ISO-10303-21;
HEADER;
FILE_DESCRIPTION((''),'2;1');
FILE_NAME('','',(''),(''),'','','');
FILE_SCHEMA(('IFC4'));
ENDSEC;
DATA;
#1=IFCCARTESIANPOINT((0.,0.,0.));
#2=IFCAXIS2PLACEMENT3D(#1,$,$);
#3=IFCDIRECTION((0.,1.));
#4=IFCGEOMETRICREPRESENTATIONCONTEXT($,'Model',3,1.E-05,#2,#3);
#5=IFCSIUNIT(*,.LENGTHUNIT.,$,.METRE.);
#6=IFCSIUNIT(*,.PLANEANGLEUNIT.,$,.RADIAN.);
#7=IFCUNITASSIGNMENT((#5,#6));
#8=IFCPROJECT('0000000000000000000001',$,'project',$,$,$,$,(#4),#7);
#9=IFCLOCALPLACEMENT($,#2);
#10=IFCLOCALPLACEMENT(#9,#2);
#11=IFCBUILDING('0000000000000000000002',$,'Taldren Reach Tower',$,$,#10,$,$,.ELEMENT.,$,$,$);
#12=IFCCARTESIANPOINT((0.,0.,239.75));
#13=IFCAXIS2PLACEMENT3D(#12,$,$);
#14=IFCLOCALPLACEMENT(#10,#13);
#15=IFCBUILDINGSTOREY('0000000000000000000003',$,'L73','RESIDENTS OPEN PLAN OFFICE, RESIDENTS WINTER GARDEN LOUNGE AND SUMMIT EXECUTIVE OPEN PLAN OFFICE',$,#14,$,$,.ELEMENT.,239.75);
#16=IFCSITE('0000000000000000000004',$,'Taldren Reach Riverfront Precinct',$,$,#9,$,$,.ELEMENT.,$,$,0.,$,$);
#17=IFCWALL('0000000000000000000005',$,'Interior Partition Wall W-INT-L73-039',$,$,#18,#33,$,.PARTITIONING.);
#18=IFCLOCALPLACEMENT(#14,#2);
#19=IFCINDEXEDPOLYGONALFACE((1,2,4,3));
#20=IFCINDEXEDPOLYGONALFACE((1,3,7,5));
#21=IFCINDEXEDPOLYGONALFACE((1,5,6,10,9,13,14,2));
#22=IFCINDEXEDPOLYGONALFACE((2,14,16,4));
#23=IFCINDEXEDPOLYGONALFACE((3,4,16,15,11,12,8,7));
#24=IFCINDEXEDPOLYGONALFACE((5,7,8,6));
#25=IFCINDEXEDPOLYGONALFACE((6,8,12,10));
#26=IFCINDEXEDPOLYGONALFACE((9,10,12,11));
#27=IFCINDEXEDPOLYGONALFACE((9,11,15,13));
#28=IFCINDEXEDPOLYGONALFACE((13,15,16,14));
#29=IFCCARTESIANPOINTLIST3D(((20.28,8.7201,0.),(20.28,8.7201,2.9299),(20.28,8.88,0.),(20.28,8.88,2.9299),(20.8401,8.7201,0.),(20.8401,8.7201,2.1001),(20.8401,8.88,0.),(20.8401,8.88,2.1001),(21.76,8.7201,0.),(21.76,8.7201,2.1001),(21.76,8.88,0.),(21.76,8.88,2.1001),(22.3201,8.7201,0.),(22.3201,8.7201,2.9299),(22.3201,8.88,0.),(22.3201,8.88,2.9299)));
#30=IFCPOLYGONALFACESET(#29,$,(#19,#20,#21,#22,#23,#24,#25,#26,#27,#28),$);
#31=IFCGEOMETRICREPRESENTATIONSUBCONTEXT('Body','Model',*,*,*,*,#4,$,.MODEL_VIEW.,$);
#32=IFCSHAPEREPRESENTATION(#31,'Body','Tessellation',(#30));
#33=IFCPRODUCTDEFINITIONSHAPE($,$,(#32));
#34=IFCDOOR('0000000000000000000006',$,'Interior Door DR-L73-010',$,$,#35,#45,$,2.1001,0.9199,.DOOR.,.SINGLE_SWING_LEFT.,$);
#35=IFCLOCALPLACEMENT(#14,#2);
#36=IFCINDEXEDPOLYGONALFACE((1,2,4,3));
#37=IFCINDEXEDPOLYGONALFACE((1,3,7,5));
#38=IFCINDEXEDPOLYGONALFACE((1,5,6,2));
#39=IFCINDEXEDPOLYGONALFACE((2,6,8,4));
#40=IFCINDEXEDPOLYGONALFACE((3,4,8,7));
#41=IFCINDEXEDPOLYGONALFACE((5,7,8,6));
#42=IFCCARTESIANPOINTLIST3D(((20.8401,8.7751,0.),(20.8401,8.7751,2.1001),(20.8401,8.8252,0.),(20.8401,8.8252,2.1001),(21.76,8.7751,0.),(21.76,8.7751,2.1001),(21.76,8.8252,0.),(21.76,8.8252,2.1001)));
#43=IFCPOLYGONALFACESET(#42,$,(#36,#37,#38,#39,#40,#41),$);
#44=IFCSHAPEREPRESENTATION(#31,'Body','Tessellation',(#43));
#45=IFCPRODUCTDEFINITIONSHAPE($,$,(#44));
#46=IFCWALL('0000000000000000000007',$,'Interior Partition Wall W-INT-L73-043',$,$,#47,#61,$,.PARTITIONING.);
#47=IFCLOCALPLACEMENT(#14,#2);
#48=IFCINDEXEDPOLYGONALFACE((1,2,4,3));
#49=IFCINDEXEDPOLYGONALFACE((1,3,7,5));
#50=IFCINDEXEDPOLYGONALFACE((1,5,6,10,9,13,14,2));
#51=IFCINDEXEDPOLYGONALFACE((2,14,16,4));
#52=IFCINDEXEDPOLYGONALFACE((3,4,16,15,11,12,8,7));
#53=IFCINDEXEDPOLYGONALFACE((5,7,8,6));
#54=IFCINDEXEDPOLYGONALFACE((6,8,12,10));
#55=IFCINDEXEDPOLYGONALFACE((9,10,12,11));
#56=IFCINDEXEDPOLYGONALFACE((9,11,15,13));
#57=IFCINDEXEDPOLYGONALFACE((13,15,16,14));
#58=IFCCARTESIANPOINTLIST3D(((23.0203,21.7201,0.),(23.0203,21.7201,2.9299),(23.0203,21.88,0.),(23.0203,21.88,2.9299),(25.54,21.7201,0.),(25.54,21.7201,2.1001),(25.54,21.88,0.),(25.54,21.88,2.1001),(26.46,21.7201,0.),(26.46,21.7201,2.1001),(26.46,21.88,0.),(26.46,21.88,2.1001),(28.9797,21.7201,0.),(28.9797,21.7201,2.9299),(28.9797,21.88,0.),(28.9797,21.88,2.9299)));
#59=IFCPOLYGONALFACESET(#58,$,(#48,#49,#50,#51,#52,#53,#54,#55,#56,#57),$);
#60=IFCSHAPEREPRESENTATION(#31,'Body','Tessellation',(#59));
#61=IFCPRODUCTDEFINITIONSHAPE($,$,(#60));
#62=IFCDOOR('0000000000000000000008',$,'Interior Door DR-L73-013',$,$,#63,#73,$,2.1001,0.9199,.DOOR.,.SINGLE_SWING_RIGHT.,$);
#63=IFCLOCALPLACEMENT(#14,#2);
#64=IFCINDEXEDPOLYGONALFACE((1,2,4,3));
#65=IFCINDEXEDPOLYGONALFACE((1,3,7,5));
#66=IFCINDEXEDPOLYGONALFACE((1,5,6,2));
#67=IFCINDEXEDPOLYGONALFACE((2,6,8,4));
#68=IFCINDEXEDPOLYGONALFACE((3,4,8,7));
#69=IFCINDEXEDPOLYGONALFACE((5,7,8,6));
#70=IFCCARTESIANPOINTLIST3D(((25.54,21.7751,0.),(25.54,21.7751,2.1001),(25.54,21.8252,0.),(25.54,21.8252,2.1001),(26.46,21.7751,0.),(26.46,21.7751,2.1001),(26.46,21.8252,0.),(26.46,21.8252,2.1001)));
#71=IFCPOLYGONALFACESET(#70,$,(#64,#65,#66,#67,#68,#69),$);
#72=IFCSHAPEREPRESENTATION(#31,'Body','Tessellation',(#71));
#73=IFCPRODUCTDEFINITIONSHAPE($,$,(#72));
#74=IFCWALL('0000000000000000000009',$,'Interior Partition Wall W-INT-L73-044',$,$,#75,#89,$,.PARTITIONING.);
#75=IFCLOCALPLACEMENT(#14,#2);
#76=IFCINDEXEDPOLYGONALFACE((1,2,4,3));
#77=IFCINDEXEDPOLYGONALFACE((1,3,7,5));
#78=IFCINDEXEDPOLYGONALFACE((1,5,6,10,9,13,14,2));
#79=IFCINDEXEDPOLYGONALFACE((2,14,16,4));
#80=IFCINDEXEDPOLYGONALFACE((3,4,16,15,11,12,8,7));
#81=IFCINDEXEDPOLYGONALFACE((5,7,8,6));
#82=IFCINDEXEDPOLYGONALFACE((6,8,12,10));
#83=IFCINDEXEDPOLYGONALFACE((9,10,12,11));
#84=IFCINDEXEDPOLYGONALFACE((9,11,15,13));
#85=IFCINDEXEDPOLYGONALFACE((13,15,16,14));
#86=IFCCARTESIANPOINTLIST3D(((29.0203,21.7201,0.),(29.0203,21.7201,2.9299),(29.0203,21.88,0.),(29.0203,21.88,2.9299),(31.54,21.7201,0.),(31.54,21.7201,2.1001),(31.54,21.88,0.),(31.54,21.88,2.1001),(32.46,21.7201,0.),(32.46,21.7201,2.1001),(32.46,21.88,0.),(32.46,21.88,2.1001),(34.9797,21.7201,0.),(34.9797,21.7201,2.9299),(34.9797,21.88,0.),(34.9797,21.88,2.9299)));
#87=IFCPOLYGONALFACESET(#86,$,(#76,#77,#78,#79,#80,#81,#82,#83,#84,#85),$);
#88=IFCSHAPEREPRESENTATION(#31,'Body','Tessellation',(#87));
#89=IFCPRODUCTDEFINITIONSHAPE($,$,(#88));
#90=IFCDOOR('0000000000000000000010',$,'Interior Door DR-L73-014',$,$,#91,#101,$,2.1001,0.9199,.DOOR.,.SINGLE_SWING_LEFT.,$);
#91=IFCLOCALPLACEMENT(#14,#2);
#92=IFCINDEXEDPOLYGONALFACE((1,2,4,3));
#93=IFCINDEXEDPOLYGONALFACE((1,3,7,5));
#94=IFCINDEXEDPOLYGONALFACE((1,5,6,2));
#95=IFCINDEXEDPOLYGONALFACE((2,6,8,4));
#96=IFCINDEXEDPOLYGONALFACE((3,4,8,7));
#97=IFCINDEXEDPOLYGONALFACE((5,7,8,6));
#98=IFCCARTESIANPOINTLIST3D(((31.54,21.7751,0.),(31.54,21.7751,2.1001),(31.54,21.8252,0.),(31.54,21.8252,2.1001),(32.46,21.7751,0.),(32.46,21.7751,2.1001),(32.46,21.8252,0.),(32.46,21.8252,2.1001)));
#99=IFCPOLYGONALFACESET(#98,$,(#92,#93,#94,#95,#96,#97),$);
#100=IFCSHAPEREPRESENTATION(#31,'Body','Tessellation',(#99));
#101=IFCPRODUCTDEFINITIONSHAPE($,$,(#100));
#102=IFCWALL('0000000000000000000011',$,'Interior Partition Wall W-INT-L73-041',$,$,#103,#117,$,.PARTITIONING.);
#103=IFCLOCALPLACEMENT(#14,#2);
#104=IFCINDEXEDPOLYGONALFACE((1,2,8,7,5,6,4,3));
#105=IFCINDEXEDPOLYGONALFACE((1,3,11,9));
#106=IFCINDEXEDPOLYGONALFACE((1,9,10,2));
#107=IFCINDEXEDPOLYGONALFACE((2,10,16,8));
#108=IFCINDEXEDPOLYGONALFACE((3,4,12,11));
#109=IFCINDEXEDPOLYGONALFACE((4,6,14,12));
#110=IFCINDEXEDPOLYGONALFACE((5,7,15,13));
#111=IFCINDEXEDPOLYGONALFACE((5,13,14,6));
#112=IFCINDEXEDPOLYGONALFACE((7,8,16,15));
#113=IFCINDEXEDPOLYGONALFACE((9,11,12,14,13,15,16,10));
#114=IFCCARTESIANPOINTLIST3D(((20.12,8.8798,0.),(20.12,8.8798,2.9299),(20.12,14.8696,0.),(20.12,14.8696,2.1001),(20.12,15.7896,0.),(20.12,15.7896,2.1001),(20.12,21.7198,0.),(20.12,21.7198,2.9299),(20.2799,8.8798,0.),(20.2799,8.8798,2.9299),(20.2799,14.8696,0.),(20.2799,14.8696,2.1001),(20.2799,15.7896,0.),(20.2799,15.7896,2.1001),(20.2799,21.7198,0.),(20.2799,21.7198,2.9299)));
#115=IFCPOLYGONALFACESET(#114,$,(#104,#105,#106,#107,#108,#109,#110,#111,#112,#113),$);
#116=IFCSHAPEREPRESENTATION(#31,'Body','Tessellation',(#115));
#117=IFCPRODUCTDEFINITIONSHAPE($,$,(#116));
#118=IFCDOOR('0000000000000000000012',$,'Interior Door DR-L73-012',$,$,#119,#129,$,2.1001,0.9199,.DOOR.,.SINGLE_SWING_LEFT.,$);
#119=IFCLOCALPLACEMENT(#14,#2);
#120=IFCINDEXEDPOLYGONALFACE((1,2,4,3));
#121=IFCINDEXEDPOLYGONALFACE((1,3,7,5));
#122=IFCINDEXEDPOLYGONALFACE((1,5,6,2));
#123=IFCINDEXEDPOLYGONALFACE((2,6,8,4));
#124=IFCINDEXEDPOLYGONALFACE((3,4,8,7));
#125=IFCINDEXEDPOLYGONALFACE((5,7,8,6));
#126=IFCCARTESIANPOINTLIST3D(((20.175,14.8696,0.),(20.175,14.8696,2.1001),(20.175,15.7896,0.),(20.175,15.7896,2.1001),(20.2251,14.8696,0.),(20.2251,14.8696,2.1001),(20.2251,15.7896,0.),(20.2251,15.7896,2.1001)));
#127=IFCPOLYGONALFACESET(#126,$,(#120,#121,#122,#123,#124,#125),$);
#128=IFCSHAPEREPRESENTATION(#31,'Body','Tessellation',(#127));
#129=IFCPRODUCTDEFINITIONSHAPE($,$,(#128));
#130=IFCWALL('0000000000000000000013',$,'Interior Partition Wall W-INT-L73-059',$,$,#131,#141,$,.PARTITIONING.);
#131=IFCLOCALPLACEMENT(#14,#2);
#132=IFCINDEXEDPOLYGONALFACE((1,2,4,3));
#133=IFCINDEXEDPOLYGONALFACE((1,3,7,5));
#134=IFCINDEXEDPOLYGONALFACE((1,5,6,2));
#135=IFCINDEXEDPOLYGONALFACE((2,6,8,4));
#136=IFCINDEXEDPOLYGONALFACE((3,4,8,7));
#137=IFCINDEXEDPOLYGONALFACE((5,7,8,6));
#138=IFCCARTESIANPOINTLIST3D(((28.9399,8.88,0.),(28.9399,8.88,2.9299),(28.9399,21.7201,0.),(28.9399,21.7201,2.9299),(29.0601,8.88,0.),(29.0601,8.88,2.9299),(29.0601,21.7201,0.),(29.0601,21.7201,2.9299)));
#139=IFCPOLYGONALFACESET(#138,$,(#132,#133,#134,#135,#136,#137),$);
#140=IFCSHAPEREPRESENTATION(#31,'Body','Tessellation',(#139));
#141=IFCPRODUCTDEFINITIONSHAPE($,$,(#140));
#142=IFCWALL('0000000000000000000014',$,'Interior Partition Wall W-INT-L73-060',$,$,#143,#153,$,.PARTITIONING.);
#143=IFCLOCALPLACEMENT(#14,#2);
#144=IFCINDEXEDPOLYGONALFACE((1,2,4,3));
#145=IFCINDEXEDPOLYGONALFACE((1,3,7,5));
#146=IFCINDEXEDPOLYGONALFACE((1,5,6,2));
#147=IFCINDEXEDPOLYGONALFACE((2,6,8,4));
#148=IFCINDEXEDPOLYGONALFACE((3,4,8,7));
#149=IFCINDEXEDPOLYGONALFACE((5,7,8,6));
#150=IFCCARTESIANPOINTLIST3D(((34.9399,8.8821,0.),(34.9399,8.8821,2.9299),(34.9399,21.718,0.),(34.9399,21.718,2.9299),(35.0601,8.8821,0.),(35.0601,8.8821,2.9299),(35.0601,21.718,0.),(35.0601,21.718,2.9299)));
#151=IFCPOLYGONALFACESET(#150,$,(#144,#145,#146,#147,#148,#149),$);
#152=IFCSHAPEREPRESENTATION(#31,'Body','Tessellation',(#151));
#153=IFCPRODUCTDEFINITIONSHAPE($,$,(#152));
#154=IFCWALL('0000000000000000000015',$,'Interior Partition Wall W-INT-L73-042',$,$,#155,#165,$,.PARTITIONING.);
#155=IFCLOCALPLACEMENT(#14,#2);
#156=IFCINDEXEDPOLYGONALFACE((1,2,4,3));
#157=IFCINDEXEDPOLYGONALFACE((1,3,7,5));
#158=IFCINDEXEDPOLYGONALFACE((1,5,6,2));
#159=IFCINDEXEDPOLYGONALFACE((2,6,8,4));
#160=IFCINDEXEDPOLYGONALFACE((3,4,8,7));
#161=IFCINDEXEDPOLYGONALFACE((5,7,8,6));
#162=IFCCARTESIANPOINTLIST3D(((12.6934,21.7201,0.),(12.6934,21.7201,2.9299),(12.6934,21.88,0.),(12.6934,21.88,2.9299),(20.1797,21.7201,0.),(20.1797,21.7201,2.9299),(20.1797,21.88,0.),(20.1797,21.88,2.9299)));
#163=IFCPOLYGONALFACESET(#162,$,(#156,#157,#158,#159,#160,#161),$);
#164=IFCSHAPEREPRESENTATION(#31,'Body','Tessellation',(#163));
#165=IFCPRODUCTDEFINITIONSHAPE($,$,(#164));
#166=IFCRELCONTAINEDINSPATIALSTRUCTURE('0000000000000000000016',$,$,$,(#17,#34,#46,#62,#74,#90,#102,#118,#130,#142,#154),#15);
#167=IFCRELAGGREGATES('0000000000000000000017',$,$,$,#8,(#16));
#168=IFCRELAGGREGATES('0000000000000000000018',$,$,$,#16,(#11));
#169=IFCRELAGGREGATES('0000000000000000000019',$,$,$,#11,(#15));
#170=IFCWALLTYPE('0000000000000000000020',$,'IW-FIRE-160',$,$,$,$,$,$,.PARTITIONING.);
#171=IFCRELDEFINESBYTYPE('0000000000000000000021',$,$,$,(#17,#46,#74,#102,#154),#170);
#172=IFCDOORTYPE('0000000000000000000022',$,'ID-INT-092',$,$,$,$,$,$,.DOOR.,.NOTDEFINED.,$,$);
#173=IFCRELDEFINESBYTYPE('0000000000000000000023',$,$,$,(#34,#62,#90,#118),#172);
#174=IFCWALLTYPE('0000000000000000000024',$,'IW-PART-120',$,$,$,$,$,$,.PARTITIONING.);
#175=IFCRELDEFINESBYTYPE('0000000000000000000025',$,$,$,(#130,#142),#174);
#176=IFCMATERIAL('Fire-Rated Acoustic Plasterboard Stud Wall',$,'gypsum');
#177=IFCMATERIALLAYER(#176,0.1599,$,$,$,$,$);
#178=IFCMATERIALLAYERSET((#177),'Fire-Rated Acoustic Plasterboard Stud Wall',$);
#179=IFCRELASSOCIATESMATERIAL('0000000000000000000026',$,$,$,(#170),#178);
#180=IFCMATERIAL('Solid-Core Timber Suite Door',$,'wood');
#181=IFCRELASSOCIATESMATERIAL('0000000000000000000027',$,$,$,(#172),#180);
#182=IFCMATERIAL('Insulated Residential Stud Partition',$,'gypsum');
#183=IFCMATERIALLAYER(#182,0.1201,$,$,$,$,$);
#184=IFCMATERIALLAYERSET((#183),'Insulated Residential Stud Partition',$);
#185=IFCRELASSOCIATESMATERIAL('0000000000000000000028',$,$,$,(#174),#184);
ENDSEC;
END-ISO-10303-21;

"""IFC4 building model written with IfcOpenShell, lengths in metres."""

from ifc_helpers import new_model, si_unit, direction, frame, frame_2d, origin, place, context, subcontext, project, spatial, rectangle, extrude, source, transform, mapped, material, layer, layer_set, type_object, element, fill, save


model = new_model("IFC4")

# Units and contexts
model_context = context("Model", 3, precision=1e-05, world=origin(), true_north=direction((0.0, 1.0)))
body_context = subcontext(model_context, "Body", "Model", "MODEL_VIEW")
ifc_project = project(units=[si_unit("LENGTHUNIT", "METRE"), si_unit("PLANEANGLEUNIT", "RADIAN")], contexts=[model_context])

# Site, building, storey
site_placement = place(None, origin())
site = spatial("IfcSite", under=ifc_project, at=site_placement, Name="Taldren Reach Riverfront Precinct", CompositionType="ELEMENT", RefElevation=0.0)
building_placement = place(site_placement, origin())
building = spatial("IfcBuilding", under=site, at=building_placement, Name="Taldren Reach Tower", CompositionType="ELEMENT")
storey_placement = place(building_placement, frame((0.0, 0.0, 239.75)))
storey = spatial("IfcBuildingStorey", under=building, at=storey_placement, Name="L73", Description="RESIDENTS OPEN PLAN OFFICE, RESIDENTS WINTER GARDEN LOUNGE AND SUMMIT EXECUTIVE OPEN PLAN OFFICE", CompositionType="ELEMENT", Elevation=239.75)

# Walls, openings, doors
ifc_material_1 = material(Name="Fire-Rated Acoustic Plasterboard Stud Wall", Category="gypsum")
ifc_layer_1 = layer(ifc_material_1, 0.1599)
ifc_layer_set_1 = layer_set([ifc_layer_1], Name="Fire-Rated Acoustic Plasterboard Stud Wall")
wall_type_1 = type_object("IfcWallType", Name="IW-FIRE-160", PredefinedType="PARTITIONING", material=ifc_layer_set_1)
shared_shape_1 = source(origin(), body_context, "Body", "SweptSolid", [
    extrude(rectangle(XDim=2.04, YDim=0.1599, at=frame_2d((1.02, 0.0))), origin(), (0.0, 0.0, 1.0), 2.9299),
])
wall_1_placement = place(storey_placement, frame((22.3201, 8.8, 0.0), z_axis=(0.0, 0.0, 1.0), x_axis=(-1.0, 0.0, 0.0)))
wall_1 = element("IfcWall", 1, at=wall_1_placement, inside=storey, type_object=wall_type_1, Name="Interior Partition Wall W-INT-L73-039", PredefinedType="PARTITIONING", context=body_context, shape_type="MappedRepresentation", body=[
    mapped(shared_shape_1, transform((0.0, 0.0, 0.0), scale=1.0)),
])
shared_shape_2 = source(origin(), body_context, "Body", "SweptSolid", [
    extrude(rectangle(XDim=0.9199, YDim=2.1001, at=frame_2d((0.46, 1.05))), frame((0.0, 0.0898, 0.0), z_axis=(0.0, -1.0, 0.0), x_axis=(1.0, 0.0, 0.0)), (0.0, 0.0, 1.0), 0.1799),
])
opening_1_placement = place(wall_1_placement, frame((0.5601, 0.0, 0.0)))
opening_1 = element("IfcOpeningElement", 2, at=opening_1_placement, cuts=wall_1, PredefinedType="OPENING", context=body_context, shape_type="MappedRepresentation", body=[
    mapped(shared_shape_2, transform((0.0, 0.0, 0.0), scale=1.0)),
])
ifc_material_2 = material(Name="Solid-Core Timber Suite Door", Category="wood")
door_type = type_object("IfcDoorType", Name="ID-INT-092", OperationType="NOTDEFINED", PredefinedType="DOOR", material=ifc_material_2)
shared_shape_3 = source(origin(), body_context, "Body", "SweptSolid", [
    extrude(rectangle(XDim=0.9199, YDim=2.1001, at=frame_2d((0.46, 1.05))), frame((0.0, 0.0249, 0.0), z_axis=(0.0, -1.0, 0.0), x_axis=(1.0, 0.0, 0.0)), (0.0, 0.0, 1.0), 0.05),
])
door_1_placement = place(opening_1_placement, origin())
door_1 = element("IfcDoor", 3, at=door_1_placement, inside=storey, type_object=door_type, Name="Interior Door DR-L73-010", OperationType="SINGLE_SWING_LEFT", OverallHeight=2.1001, OverallWidth=0.9199, PredefinedType="DOOR", context=body_context, shape_type="MappedRepresentation", body=[
    mapped(shared_shape_3, transform((0.0, 0.0, 0.0), scale=1.0)),
])
fill(opening_1, door_1)
shared_shape_4 = source(origin(), body_context, "Body", "SweptSolid", [
    extrude(rectangle(XDim=5.9595, YDim=0.1599, at=frame_2d((2.9797, 0.0))), origin(), (0.0, 0.0, 1.0), 2.9299),
])
wall_2_placement = place(storey_placement, frame((28.9797, 21.8, 0.0), z_axis=(0.0, 0.0, 1.0), x_axis=(-1.0, 0.0, 0.0)))
wall_2 = element("IfcWall", 4, at=wall_2_placement, inside=storey, type_object=wall_type_1, Name="Interior Partition Wall W-INT-L73-043", PredefinedType="PARTITIONING", context=body_context, shape_type="MappedRepresentation", body=[
    mapped(shared_shape_4, transform((0.0, 0.0, 0.0), scale=1.0)),
])
opening_2_placement = place(wall_2_placement, frame((2.5198, 0.0, 0.0)))
opening_2 = element("IfcOpeningElement", 5, at=opening_2_placement, cuts=wall_2, PredefinedType="OPENING", context=body_context, shape_type="MappedRepresentation", body=[
    mapped(shared_shape_2, transform((0.0, 0.0, 0.0), scale=1.0)),
])
door_2_placement = place(opening_2_placement, origin())
door_2 = element("IfcDoor", 6, at=door_2_placement, inside=storey, type_object=door_type, Name="Interior Door DR-L73-013", OperationType="SINGLE_SWING_RIGHT", OverallHeight=2.1001, OverallWidth=0.9199, PredefinedType="DOOR", context=body_context, shape_type="MappedRepresentation", body=[
    mapped(shared_shape_3, transform((0.0, 0.0, 0.0), scale=1.0)),
])
fill(opening_2, door_2)
wall_3_placement = place(storey_placement, frame((34.9797, 21.8, 0.0), z_axis=(0.0, 0.0, 1.0), x_axis=(-1.0, 0.0, 0.0)))
wall_3 = element("IfcWall", 7, at=wall_3_placement, inside=storey, type_object=wall_type_1, Name="Interior Partition Wall W-INT-L73-044", PredefinedType="PARTITIONING", context=body_context, shape_type="MappedRepresentation", body=[
    mapped(shared_shape_4, transform((0.0, 0.0, 0.0), scale=1.0)),
])
opening_3_placement = place(wall_3_placement, frame((2.5198, 0.0, 0.0)))
opening_3 = element("IfcOpeningElement", 8, at=opening_3_placement, cuts=wall_3, PredefinedType="OPENING", context=body_context, shape_type="MappedRepresentation", body=[
    mapped(shared_shape_2, transform((0.0, 0.0, 0.0), scale=1.0)),
])
door_3_placement = place(opening_3_placement, origin())
door_3 = element("IfcDoor", 9, at=door_3_placement, inside=storey, type_object=door_type, Name="Interior Door DR-L73-014", OperationType="SINGLE_SWING_LEFT", OverallHeight=2.1001, OverallWidth=0.9199, PredefinedType="DOOR", context=body_context, shape_type="MappedRepresentation", body=[
    mapped(shared_shape_3, transform((0.0, 0.0, 0.0), scale=1.0)),
])
fill(opening_3, door_3)
shared_shape_5 = source(origin(), body_context, "Body", "SweptSolid", [
    extrude(rectangle(XDim=12.8401, YDim=0.1599, at=frame_2d((6.4199, 0.0))), origin(), (0.0, 0.0, 1.0), 2.9299),
])
wall_4_placement = place(storey_placement, frame((20.2, 8.8799, 0.0), z_axis=(0.0, 0.0, 1.0), x_axis=(0.0, 1.0, 0.0)))
wall_4 = element("IfcWall", 10, at=wall_4_placement, inside=storey, type_object=wall_type_1, Name="Interior Partition Wall W-INT-L73-041", PredefinedType="PARTITIONING", context=body_context, shape_type="MappedRepresentation", body=[
    mapped(shared_shape_5, transform((0.0, 0.0, 0.0), scale=1.0)),
])
opening_4_placement = place(wall_4_placement, frame((5.9897, 0.0, 0.0)))
opening_4 = element("IfcOpeningElement", 11, at=opening_4_placement, cuts=wall_4, PredefinedType="OPENING", context=body_context, shape_type="MappedRepresentation", body=[
    mapped(shared_shape_2, transform((0.0, 0.0, 0.0), scale=1.0)),
])
door_4_placement = place(opening_4_placement, origin())
door_4 = element("IfcDoor", 12, at=door_4_placement, inside=storey, type_object=door_type, Name="Interior Door DR-L73-012", OperationType="SINGLE_SWING_LEFT", OverallHeight=2.1001, OverallWidth=0.9199, PredefinedType="DOOR", context=body_context, shape_type="MappedRepresentation", body=[
    mapped(shared_shape_3, transform((0.0, 0.0, 0.0), scale=1.0)),
])
fill(opening_4, door_4)

# Walls
ifc_material_3 = material(Name="Insulated Residential Stud Partition", Category="gypsum")
ifc_layer_2 = layer(ifc_material_3, 0.1201)
ifc_layer_set_2 = layer_set([ifc_layer_2], Name="Insulated Residential Stud Partition")
wall_type_2 = type_object("IfcWallType", Name="IW-PART-120", PredefinedType="PARTITIONING", material=ifc_layer_set_2)
shared_shape_6 = source(origin(), body_context, "Body", "SweptSolid", [
    extrude(rectangle(XDim=12.8401, YDim=0.1201, at=frame_2d((6.4199, 0.0))), origin(), (0.0, 0.0, 1.0), 2.9299),
])
wall_5_placement = place(storey_placement, frame((29.0, 21.72, 0.0), z_axis=(0.0, 0.0, 1.0), x_axis=(0.0, -1.0, 0.0)))
element("IfcWall", 13, at=wall_5_placement, inside=storey, type_object=wall_type_2, Name="Interior Partition Wall W-INT-L73-059", PredefinedType="PARTITIONING", context=body_context, shape_type="MappedRepresentation", body=[
    mapped(shared_shape_6, transform((0.0, 0.0, 0.0), scale=1.0)),
])
shared_shape_7 = source(origin(), body_context, "Body", "SweptSolid", [
    extrude(rectangle(XDim=12.8359, YDim=0.1201, at=frame_2d((6.418, 0.0))), origin(), (0.0, 0.0, 1.0), 2.9299),
])
wall_6_placement = place(storey_placement, frame((35.0, 21.718, 0.0), z_axis=(0.0, 0.0, 1.0), x_axis=(0.0, -1.0, 0.0)))
element("IfcWall", 14, at=wall_6_placement, inside=storey, type_object=wall_type_2, Name="Interior Partition Wall W-INT-L73-060", PredefinedType="PARTITIONING", context=body_context, shape_type="MappedRepresentation", body=[
    mapped(shared_shape_7, transform((0.0, 0.0, 0.0), scale=1.0)),
])
shared_shape_8 = source(origin(), body_context, "Body", "SweptSolid", [
    extrude(rectangle(XDim=7.4863, YDim=0.1599, at=frame_2d((3.7432, 0.0))), origin(), (0.0, 0.0, 1.0), 2.9299),
])
wall_7_placement = place(storey_placement, frame((20.1797, 21.8, 0.0), z_axis=(0.0, 0.0, 1.0), x_axis=(-1.0, 0.0, 0.0)))
element("IfcWall", 15, at=wall_7_placement, inside=storey, type_object=wall_type_1, Name="Interior Partition Wall W-INT-L73-042", PredefinedType="PARTITIONING", context=body_context, shape_type="MappedRepresentation", body=[
    mapped(shared_shape_8, transform((0.0, 0.0, 0.0), scale=1.0)),
])

save(model, "model.ifc")
